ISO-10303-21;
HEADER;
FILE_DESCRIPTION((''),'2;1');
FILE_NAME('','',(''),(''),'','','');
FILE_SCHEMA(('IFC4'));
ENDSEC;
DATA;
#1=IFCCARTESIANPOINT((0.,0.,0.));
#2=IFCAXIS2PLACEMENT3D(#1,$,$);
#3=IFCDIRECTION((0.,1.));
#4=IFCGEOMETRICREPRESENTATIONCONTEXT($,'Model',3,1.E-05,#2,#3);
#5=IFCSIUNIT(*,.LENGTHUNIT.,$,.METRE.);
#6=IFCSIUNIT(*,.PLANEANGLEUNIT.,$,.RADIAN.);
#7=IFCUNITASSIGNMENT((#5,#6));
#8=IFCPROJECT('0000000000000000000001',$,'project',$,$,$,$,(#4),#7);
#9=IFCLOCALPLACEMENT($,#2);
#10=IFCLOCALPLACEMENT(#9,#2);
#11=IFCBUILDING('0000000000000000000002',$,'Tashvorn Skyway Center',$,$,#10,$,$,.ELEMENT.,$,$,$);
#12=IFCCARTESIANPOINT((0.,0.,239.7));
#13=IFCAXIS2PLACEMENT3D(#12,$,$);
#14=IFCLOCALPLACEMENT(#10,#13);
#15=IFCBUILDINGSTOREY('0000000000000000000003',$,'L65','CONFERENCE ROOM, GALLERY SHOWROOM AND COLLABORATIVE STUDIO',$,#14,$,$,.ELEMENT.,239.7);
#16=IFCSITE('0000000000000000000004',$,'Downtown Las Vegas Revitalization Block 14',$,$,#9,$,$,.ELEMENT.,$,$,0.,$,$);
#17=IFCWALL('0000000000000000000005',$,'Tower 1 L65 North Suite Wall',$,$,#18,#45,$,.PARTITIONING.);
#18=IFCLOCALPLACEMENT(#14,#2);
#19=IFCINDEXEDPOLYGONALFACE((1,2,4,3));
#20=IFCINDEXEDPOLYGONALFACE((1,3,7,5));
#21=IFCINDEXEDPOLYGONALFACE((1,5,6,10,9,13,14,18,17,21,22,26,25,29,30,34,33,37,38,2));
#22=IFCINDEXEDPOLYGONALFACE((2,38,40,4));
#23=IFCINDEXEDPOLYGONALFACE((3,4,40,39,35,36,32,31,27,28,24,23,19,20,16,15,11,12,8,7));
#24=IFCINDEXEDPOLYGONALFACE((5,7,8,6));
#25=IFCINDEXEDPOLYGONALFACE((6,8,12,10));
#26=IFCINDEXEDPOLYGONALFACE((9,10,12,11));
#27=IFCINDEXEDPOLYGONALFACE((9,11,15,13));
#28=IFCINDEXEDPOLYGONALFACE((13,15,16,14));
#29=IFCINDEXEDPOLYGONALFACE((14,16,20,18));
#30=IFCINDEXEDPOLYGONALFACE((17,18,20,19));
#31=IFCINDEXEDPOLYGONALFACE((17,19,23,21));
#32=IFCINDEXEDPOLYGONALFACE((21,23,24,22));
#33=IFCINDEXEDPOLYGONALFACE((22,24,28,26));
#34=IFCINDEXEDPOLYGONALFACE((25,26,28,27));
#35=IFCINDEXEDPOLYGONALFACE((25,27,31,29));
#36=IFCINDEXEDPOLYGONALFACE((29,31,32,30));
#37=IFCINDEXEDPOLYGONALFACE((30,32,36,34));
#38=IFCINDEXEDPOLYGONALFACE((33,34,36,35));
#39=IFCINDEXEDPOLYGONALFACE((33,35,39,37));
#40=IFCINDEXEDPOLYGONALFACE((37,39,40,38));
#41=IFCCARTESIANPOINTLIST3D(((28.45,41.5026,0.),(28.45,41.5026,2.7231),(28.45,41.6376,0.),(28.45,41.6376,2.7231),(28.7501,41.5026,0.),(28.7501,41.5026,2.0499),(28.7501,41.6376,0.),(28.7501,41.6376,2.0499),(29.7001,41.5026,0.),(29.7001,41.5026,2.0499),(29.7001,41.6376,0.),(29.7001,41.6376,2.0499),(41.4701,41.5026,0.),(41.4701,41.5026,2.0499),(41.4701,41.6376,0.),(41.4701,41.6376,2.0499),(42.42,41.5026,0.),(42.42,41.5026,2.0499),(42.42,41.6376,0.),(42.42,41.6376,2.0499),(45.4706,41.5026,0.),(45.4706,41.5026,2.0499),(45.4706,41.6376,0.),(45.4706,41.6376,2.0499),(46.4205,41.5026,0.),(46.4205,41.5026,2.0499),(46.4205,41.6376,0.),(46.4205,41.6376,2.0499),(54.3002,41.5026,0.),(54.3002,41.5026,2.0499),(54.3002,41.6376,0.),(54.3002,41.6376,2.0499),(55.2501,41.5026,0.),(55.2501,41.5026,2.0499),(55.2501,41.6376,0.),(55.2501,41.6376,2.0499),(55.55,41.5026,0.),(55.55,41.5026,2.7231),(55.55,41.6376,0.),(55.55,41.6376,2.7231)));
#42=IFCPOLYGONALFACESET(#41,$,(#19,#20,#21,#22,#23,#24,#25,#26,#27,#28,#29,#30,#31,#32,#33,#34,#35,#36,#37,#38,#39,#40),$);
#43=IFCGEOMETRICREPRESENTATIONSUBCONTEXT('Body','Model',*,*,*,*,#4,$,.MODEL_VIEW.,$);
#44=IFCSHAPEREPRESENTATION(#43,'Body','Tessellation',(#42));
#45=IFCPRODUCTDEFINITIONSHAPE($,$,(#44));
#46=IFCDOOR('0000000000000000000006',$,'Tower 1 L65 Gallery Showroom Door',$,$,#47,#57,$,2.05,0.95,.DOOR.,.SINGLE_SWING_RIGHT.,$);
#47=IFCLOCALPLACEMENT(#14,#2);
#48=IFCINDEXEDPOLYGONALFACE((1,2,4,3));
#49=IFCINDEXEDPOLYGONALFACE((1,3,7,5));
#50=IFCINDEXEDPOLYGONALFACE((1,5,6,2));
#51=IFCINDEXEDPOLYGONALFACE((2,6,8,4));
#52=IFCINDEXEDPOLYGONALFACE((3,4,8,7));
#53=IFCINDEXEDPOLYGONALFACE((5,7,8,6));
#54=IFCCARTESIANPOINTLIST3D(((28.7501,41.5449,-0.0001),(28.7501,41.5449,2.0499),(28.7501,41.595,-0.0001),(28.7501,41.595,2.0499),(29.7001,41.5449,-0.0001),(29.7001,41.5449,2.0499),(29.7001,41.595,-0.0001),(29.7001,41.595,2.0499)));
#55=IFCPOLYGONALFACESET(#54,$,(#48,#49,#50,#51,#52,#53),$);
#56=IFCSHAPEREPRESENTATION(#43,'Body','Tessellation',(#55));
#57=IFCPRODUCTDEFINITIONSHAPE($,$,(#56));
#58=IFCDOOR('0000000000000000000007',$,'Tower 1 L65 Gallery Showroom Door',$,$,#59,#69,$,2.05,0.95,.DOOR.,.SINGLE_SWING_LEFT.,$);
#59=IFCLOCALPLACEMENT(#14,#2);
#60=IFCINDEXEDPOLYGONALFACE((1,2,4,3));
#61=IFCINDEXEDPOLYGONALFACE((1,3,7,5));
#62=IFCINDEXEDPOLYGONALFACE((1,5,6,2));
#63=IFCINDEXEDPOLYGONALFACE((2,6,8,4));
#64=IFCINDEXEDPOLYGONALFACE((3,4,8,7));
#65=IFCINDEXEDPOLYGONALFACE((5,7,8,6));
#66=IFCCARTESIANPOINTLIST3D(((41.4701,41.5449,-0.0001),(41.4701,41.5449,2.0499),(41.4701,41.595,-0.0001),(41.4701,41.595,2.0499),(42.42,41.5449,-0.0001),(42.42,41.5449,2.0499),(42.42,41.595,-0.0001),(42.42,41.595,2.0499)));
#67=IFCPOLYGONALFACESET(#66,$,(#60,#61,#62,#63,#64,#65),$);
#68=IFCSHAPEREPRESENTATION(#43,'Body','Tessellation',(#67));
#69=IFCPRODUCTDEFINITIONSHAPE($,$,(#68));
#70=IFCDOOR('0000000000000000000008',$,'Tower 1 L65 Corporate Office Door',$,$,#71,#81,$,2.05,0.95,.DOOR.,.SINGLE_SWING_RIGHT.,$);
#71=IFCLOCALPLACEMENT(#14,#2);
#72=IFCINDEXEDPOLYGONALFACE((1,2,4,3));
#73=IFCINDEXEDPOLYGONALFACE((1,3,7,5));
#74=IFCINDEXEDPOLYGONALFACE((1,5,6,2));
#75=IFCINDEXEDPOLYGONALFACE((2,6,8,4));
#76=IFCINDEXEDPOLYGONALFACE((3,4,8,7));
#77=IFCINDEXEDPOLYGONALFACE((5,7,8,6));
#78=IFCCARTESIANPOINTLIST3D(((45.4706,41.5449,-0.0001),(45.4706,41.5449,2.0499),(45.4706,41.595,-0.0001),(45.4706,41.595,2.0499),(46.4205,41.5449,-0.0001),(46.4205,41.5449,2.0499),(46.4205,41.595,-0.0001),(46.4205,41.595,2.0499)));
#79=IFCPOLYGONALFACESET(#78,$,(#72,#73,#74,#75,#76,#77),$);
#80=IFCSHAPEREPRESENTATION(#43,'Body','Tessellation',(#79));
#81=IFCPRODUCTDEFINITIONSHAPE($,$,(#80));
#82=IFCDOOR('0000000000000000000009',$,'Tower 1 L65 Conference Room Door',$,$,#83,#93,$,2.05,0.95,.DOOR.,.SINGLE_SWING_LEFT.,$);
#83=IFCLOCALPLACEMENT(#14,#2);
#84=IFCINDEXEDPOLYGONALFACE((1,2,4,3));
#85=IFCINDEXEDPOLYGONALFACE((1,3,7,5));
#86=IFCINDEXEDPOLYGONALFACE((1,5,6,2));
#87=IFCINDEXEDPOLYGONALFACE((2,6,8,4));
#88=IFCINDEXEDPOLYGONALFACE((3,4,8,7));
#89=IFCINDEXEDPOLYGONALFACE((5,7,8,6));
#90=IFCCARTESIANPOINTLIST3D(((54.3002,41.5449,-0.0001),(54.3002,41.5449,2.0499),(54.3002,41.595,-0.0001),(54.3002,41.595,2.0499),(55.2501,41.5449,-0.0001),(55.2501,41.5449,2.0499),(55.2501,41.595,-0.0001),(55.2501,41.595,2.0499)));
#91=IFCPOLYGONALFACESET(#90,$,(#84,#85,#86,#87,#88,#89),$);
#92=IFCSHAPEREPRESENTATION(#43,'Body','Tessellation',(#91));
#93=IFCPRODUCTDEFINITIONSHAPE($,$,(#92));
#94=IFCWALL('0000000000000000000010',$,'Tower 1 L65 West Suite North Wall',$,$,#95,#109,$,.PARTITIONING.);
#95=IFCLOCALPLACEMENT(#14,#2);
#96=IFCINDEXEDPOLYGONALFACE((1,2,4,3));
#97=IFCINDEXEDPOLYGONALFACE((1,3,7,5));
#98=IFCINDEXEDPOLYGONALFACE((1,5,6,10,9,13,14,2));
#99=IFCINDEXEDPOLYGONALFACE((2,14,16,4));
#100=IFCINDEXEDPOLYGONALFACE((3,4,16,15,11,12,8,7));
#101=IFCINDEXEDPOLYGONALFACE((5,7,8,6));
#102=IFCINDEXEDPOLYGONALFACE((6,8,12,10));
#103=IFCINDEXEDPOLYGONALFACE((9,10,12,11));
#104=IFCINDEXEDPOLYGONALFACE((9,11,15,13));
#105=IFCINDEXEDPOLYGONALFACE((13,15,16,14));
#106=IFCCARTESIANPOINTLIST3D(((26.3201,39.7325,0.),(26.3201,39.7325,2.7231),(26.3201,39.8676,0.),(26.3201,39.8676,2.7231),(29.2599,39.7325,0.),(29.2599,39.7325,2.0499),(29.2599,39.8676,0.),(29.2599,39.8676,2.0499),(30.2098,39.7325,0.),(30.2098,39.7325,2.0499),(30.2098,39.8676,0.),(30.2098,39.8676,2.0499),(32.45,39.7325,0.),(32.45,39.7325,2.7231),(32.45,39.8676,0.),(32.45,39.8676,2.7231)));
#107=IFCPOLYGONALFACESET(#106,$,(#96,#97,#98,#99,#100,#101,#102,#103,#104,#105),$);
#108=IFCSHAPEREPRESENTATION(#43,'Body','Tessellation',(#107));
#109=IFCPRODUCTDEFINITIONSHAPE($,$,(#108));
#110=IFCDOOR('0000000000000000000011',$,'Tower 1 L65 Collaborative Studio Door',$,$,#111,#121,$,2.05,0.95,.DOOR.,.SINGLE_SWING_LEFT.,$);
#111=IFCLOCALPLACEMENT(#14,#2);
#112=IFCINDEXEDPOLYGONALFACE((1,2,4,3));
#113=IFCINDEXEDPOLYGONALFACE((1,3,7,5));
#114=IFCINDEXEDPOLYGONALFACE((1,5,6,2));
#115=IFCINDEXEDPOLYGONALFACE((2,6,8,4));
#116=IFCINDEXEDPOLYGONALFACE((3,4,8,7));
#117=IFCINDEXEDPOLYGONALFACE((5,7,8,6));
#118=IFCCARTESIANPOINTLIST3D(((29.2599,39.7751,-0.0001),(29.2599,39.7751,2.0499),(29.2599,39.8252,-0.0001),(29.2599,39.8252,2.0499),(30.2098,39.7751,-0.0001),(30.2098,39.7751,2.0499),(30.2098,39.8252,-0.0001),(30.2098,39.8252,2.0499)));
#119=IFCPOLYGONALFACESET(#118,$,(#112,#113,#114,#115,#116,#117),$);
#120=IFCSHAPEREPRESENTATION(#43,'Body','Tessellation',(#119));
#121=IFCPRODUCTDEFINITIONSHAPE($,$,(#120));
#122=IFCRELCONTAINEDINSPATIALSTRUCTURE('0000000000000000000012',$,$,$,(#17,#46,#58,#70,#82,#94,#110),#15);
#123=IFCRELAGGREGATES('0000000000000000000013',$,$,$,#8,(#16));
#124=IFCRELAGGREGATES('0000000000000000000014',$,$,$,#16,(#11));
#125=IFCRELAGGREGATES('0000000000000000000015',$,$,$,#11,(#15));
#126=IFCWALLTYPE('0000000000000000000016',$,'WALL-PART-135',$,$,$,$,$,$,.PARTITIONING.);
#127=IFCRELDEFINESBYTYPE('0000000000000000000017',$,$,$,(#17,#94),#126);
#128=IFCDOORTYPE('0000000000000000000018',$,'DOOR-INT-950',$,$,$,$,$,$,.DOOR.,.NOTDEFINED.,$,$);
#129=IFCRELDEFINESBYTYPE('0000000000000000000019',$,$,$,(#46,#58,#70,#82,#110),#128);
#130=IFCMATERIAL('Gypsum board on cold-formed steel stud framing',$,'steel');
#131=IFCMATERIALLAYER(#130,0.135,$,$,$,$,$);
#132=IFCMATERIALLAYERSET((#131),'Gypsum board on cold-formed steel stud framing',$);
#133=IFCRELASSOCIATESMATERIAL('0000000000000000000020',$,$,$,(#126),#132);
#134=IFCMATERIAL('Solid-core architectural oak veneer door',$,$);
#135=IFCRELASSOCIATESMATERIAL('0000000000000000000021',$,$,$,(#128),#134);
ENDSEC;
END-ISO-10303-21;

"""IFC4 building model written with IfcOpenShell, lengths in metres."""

from ifc_helpers import new_model, si_unit, direction, frame, frame_2d, origin, place, context, subcontext, project, spatial, rectangle, extrude, material, layer, layer_set, type_object, element, fill, save


model = new_model("IFC4")

# Units and contexts
model_context = context("Model", 3, precision=1e-05, world=origin(), true_north=direction((0.0, 1.0)))
body_context = subcontext(model_context, "Body", "Model", "MODEL_VIEW")
ifc_project = project(units=[si_unit("LENGTHUNIT", "METRE"), si_unit("PLANEANGLEUNIT", "RADIAN")], contexts=[model_context])

# Site, building, storey
site_placement = place(None, origin())
site = spatial("IfcSite", under=ifc_project, at=site_placement, Name="Downtown Las Vegas Revitalization Block 14", CompositionType="ELEMENT", RefElevation=0.0)
building_placement = place(site_placement, origin())
building = spatial("IfcBuilding", under=site, at=building_placement, Name="Tashvorn Skyway Center", CompositionType="ELEMENT")
storey_placement = place(building_placement, frame((0.0, 0.0, 239.7)))
storey = spatial("IfcBuildingStorey", under=building, at=storey_placement, Name="L65", Description="CONFERENCE ROOM, GALLERY SHOWROOM AND COLLABORATIVE STUDIO", CompositionType="ELEMENT", Elevation=239.7)

# Shared definitions
ifc_material_1 = material(Name="Gypsum board on cold-formed steel stud framing", Category="steel")

# Wall, openings, doors
ifc_layer_1 = layer(ifc_material_1, 0.135)
ifc_layer_set_1 = layer_set([ifc_layer_1], Name="Gypsum board on cold-formed steel stud framing")
wall_type_1 = type_object("IfcWallType", Name="WALL-PART-135", PredefinedType="PARTITIONING", material=ifc_layer_set_1)
wall_1_placement = place(storey_placement, frame((28.45, 41.5701, 0.0), z_axis=(0.0, 0.0, 1.0), x_axis=(1.0, 0.0, 0.0)))
wall_1 = element("IfcWall", 1, at=wall_1_placement, inside=storey, type_object=wall_type_1, Name="Tower 1 L65 North Suite Wall", PredefinedType="PARTITIONING", context=body_context, shape_type="SweptSolid", body=[
    extrude(rectangle(XDim=27.1001, YDim=0.135, at=frame_2d((13.55, 0.0))), origin(), (0.0, 0.0, 1.0), 2.7231),
])
opening_1_placement = place(wall_1_placement, frame((0.3, 0.0, 0.0)))
opening_1 = element("IfcOpeningElement", 2, at=opening_1_placement, cuts=wall_1, PredefinedType="OPENING", context=body_context, shape_type="SweptSolid", body=[
    extrude(rectangle(XDim=0.95, YDim=2.05, at=frame_2d((0.4751, 1.0249))), frame((0.0, 0.0774, 0.0), z_axis=(0.0, -1.0, 0.0), x_axis=(1.0, 0.0, 0.0)), (0.0, 0.0, 1.0), 0.155),
])
opening_2_placement = place(wall_1_placement, frame((13.02, 0.0, 0.0)))
opening_2 = element("IfcOpeningElement", 3, at=opening_2_placement, cuts=wall_1, PredefinedType="OPENING", context=body_context, shape_type="SweptSolid", body=[
    extrude(rectangle(XDim=0.95, YDim=2.05, at=frame_2d((0.4751, 1.0249))), frame((0.0, 0.0774, 0.0), z_axis=(0.0, -1.0, 0.0), x_axis=(1.0, 0.0, 0.0)), (0.0, 0.0, 1.0), 0.155),
])
opening_3_placement = place(wall_1_placement, frame((17.0205, 0.0, 0.0)))
opening_3 = element("IfcOpeningElement", 4, at=opening_3_placement, cuts=wall_1, PredefinedType="OPENING", context=body_context, shape_type="SweptSolid", body=[
    extrude(rectangle(XDim=0.95, YDim=2.05, at=frame_2d((0.4751, 1.0249))), frame((0.0, 0.0774, 0.0), z_axis=(0.0, -1.0, 0.0), x_axis=(1.0, 0.0, 0.0)), (0.0, 0.0, 1.0), 0.155),
])
opening_4_placement = place(wall_1_placement, frame((25.8501, 0.0, 0.0)))
opening_4 = element("IfcOpeningElement", 5, at=opening_4_placement, cuts=wall_1, PredefinedType="OPENING", context=body_context, shape_type="SweptSolid", body=[
    extrude(rectangle(XDim=0.95, YDim=2.05, at=frame_2d((0.4751, 1.0249))), frame((0.0, 0.0774, 0.0), z_axis=(0.0, -1.0, 0.0), x_axis=(1.0, 0.0, 0.0)), (0.0, 0.0, 1.0), 0.155),
])
ifc_material_2 = material(Name="Solid-core architectural oak veneer door")
door_type_1 = type_object("IfcDoorType", Name="DOOR-INT-950", OperationType="NOTDEFINED", PredefinedType="DOOR", material=ifc_material_2)
door_1_placement = place(opening_1_placement, origin())
door_1 = element("IfcDoor", 6, at=door_1_placement, inside=storey, type_object=door_type_1, Name="Tower 1 L65 Gallery Showroom Door", OperationType="SINGLE_SWING_RIGHT", OverallHeight=2.05, OverallWidth=0.95, PredefinedType="DOOR", context=body_context, shape_type="SweptSolid", body=[
    extrude(rectangle(XDim=0.95, YDim=2.05, at=frame_2d((0.4751, 1.0249))), frame((0.0, 0.0249, 0.0), z_axis=(0.0, -1.0, 0.0), x_axis=(1.0, 0.0, 0.0)), (0.0, 0.0, 1.0), 0.05),
])
fill(opening_1, door_1)
door_2_placement = place(opening_2_placement, origin())
door_2 = element("IfcDoor", 7, at=door_2_placement, inside=storey, type_object=door_type_1, Name="Tower 1 L65 Gallery Showroom Door", OperationType="SINGLE_SWING_LEFT", OverallHeight=2.05, OverallWidth=0.95, PredefinedType="DOOR", context=body_context, shape_type="SweptSolid", body=[
    extrude(rectangle(XDim=0.95, YDim=2.05, at=frame_2d((0.4751, 1.0249))), frame((0.0, 0.0249, 0.0), z_axis=(0.0, -1.0, 0.0), x_axis=(1.0, 0.0, 0.0)), (0.0, 0.0, 1.0), 0.05),
])
fill(opening_2, door_2)
door_3_placement = place(opening_3_placement, origin())
door_3 = element("IfcDoor", 8, at=door_3_placement, inside=storey, type_object=door_type_1, Name="Tower 1 L65 Corporate Office Door", OperationType="SINGLE_SWING_RIGHT", OverallHeight=2.05, OverallWidth=0.95, PredefinedType="DOOR", context=body_context, shape_type="SweptSolid", body=[
    extrude(rectangle(XDim=0.95, YDim=2.05, at=frame_2d((0.4751, 1.0249))), frame((0.0, 0.0249, 0.0), z_axis=(0.0, -1.0, 0.0), x_axis=(1.0, 0.0, 0.0)), (0.0, 0.0, 1.0), 0.05),
])
fill(opening_3, door_3)
door_4_placement = place(opening_4_placement, origin())
door_4 = element("IfcDoor", 9, at=door_4_placement, inside=storey, type_object=door_type_1, Name="Tower 1 L65 Conference Room Door", OperationType="SINGLE_SWING_LEFT", OverallHeight=2.05, OverallWidth=0.95, PredefinedType="DOOR", context=body_context, shape_type="SweptSolid", body=[
    extrude(rectangle(XDim=0.95, YDim=2.05, at=frame_2d((0.4751, 1.0249))), frame((0.0, 0.0249, 0.0), z_axis=(0.0, -1.0, 0.0), x_axis=(1.0, 0.0, 0.0)), (0.0, 0.0, 1.0), 0.05),
])
fill(opening_4, door_4)

# Wall, opening, door
wall_2_placement = place(storey_placement, frame((32.45, 39.8, 0.0), z_axis=(0.0, 0.0, 1.0), x_axis=(-1.0, 0.0, 0.0)))
wall_2 = element("IfcWall", 10, at=wall_2_placement, inside=storey, type_object=wall_type_1, Name="Tower 1 L65 West Suite North Wall", PredefinedType="PARTITIONING", context=body_context, shape_type="SweptSolid", body=[
    extrude(rectangle(XDim=6.1299, YDim=0.135, at=frame_2d((3.0649, 0.0))), origin(), (0.0, 0.0, 1.0), 2.7231),
])
opening_5_placement = place(wall_2_placement, frame((2.24, 0.0, 0.0)))
opening_5 = element("IfcOpeningElement", 11, at=opening_5_placement, cuts=wall_2, PredefinedType="OPENING", context=body_context, shape_type="SweptSolid", body=[
    extrude(rectangle(XDim=0.95, YDim=2.05, at=frame_2d((0.4751, 1.0249))), frame((0.0, 0.0774, 0.0), z_axis=(0.0, -1.0, 0.0), x_axis=(1.0, 0.0, 0.0)), (0.0, 0.0, 1.0), 0.155),
])
door_5_placement = place(opening_5_placement, origin())
door_5 = element("IfcDoor", 12, at=door_5_placement, inside=storey, type_object=door_type_1, Name="Tower 1 L65 Collaborative Studio Door", OperationType="SINGLE_SWING_LEFT", OverallHeight=2.05, OverallWidth=0.95, PredefinedType="DOOR", context=body_context, shape_type="SweptSolid", body=[
    extrude(rectangle(XDim=0.95, YDim=2.05, at=frame_2d((0.4751, 1.0249))), frame((0.0, 0.0249, 0.0), z_axis=(0.0, -1.0, 0.0), x_axis=(1.0, 0.0, 0.0)), (0.0, 0.0, 1.0), 0.05),
])
fill(opening_5, door_5)

save(model, "model.ifc")
